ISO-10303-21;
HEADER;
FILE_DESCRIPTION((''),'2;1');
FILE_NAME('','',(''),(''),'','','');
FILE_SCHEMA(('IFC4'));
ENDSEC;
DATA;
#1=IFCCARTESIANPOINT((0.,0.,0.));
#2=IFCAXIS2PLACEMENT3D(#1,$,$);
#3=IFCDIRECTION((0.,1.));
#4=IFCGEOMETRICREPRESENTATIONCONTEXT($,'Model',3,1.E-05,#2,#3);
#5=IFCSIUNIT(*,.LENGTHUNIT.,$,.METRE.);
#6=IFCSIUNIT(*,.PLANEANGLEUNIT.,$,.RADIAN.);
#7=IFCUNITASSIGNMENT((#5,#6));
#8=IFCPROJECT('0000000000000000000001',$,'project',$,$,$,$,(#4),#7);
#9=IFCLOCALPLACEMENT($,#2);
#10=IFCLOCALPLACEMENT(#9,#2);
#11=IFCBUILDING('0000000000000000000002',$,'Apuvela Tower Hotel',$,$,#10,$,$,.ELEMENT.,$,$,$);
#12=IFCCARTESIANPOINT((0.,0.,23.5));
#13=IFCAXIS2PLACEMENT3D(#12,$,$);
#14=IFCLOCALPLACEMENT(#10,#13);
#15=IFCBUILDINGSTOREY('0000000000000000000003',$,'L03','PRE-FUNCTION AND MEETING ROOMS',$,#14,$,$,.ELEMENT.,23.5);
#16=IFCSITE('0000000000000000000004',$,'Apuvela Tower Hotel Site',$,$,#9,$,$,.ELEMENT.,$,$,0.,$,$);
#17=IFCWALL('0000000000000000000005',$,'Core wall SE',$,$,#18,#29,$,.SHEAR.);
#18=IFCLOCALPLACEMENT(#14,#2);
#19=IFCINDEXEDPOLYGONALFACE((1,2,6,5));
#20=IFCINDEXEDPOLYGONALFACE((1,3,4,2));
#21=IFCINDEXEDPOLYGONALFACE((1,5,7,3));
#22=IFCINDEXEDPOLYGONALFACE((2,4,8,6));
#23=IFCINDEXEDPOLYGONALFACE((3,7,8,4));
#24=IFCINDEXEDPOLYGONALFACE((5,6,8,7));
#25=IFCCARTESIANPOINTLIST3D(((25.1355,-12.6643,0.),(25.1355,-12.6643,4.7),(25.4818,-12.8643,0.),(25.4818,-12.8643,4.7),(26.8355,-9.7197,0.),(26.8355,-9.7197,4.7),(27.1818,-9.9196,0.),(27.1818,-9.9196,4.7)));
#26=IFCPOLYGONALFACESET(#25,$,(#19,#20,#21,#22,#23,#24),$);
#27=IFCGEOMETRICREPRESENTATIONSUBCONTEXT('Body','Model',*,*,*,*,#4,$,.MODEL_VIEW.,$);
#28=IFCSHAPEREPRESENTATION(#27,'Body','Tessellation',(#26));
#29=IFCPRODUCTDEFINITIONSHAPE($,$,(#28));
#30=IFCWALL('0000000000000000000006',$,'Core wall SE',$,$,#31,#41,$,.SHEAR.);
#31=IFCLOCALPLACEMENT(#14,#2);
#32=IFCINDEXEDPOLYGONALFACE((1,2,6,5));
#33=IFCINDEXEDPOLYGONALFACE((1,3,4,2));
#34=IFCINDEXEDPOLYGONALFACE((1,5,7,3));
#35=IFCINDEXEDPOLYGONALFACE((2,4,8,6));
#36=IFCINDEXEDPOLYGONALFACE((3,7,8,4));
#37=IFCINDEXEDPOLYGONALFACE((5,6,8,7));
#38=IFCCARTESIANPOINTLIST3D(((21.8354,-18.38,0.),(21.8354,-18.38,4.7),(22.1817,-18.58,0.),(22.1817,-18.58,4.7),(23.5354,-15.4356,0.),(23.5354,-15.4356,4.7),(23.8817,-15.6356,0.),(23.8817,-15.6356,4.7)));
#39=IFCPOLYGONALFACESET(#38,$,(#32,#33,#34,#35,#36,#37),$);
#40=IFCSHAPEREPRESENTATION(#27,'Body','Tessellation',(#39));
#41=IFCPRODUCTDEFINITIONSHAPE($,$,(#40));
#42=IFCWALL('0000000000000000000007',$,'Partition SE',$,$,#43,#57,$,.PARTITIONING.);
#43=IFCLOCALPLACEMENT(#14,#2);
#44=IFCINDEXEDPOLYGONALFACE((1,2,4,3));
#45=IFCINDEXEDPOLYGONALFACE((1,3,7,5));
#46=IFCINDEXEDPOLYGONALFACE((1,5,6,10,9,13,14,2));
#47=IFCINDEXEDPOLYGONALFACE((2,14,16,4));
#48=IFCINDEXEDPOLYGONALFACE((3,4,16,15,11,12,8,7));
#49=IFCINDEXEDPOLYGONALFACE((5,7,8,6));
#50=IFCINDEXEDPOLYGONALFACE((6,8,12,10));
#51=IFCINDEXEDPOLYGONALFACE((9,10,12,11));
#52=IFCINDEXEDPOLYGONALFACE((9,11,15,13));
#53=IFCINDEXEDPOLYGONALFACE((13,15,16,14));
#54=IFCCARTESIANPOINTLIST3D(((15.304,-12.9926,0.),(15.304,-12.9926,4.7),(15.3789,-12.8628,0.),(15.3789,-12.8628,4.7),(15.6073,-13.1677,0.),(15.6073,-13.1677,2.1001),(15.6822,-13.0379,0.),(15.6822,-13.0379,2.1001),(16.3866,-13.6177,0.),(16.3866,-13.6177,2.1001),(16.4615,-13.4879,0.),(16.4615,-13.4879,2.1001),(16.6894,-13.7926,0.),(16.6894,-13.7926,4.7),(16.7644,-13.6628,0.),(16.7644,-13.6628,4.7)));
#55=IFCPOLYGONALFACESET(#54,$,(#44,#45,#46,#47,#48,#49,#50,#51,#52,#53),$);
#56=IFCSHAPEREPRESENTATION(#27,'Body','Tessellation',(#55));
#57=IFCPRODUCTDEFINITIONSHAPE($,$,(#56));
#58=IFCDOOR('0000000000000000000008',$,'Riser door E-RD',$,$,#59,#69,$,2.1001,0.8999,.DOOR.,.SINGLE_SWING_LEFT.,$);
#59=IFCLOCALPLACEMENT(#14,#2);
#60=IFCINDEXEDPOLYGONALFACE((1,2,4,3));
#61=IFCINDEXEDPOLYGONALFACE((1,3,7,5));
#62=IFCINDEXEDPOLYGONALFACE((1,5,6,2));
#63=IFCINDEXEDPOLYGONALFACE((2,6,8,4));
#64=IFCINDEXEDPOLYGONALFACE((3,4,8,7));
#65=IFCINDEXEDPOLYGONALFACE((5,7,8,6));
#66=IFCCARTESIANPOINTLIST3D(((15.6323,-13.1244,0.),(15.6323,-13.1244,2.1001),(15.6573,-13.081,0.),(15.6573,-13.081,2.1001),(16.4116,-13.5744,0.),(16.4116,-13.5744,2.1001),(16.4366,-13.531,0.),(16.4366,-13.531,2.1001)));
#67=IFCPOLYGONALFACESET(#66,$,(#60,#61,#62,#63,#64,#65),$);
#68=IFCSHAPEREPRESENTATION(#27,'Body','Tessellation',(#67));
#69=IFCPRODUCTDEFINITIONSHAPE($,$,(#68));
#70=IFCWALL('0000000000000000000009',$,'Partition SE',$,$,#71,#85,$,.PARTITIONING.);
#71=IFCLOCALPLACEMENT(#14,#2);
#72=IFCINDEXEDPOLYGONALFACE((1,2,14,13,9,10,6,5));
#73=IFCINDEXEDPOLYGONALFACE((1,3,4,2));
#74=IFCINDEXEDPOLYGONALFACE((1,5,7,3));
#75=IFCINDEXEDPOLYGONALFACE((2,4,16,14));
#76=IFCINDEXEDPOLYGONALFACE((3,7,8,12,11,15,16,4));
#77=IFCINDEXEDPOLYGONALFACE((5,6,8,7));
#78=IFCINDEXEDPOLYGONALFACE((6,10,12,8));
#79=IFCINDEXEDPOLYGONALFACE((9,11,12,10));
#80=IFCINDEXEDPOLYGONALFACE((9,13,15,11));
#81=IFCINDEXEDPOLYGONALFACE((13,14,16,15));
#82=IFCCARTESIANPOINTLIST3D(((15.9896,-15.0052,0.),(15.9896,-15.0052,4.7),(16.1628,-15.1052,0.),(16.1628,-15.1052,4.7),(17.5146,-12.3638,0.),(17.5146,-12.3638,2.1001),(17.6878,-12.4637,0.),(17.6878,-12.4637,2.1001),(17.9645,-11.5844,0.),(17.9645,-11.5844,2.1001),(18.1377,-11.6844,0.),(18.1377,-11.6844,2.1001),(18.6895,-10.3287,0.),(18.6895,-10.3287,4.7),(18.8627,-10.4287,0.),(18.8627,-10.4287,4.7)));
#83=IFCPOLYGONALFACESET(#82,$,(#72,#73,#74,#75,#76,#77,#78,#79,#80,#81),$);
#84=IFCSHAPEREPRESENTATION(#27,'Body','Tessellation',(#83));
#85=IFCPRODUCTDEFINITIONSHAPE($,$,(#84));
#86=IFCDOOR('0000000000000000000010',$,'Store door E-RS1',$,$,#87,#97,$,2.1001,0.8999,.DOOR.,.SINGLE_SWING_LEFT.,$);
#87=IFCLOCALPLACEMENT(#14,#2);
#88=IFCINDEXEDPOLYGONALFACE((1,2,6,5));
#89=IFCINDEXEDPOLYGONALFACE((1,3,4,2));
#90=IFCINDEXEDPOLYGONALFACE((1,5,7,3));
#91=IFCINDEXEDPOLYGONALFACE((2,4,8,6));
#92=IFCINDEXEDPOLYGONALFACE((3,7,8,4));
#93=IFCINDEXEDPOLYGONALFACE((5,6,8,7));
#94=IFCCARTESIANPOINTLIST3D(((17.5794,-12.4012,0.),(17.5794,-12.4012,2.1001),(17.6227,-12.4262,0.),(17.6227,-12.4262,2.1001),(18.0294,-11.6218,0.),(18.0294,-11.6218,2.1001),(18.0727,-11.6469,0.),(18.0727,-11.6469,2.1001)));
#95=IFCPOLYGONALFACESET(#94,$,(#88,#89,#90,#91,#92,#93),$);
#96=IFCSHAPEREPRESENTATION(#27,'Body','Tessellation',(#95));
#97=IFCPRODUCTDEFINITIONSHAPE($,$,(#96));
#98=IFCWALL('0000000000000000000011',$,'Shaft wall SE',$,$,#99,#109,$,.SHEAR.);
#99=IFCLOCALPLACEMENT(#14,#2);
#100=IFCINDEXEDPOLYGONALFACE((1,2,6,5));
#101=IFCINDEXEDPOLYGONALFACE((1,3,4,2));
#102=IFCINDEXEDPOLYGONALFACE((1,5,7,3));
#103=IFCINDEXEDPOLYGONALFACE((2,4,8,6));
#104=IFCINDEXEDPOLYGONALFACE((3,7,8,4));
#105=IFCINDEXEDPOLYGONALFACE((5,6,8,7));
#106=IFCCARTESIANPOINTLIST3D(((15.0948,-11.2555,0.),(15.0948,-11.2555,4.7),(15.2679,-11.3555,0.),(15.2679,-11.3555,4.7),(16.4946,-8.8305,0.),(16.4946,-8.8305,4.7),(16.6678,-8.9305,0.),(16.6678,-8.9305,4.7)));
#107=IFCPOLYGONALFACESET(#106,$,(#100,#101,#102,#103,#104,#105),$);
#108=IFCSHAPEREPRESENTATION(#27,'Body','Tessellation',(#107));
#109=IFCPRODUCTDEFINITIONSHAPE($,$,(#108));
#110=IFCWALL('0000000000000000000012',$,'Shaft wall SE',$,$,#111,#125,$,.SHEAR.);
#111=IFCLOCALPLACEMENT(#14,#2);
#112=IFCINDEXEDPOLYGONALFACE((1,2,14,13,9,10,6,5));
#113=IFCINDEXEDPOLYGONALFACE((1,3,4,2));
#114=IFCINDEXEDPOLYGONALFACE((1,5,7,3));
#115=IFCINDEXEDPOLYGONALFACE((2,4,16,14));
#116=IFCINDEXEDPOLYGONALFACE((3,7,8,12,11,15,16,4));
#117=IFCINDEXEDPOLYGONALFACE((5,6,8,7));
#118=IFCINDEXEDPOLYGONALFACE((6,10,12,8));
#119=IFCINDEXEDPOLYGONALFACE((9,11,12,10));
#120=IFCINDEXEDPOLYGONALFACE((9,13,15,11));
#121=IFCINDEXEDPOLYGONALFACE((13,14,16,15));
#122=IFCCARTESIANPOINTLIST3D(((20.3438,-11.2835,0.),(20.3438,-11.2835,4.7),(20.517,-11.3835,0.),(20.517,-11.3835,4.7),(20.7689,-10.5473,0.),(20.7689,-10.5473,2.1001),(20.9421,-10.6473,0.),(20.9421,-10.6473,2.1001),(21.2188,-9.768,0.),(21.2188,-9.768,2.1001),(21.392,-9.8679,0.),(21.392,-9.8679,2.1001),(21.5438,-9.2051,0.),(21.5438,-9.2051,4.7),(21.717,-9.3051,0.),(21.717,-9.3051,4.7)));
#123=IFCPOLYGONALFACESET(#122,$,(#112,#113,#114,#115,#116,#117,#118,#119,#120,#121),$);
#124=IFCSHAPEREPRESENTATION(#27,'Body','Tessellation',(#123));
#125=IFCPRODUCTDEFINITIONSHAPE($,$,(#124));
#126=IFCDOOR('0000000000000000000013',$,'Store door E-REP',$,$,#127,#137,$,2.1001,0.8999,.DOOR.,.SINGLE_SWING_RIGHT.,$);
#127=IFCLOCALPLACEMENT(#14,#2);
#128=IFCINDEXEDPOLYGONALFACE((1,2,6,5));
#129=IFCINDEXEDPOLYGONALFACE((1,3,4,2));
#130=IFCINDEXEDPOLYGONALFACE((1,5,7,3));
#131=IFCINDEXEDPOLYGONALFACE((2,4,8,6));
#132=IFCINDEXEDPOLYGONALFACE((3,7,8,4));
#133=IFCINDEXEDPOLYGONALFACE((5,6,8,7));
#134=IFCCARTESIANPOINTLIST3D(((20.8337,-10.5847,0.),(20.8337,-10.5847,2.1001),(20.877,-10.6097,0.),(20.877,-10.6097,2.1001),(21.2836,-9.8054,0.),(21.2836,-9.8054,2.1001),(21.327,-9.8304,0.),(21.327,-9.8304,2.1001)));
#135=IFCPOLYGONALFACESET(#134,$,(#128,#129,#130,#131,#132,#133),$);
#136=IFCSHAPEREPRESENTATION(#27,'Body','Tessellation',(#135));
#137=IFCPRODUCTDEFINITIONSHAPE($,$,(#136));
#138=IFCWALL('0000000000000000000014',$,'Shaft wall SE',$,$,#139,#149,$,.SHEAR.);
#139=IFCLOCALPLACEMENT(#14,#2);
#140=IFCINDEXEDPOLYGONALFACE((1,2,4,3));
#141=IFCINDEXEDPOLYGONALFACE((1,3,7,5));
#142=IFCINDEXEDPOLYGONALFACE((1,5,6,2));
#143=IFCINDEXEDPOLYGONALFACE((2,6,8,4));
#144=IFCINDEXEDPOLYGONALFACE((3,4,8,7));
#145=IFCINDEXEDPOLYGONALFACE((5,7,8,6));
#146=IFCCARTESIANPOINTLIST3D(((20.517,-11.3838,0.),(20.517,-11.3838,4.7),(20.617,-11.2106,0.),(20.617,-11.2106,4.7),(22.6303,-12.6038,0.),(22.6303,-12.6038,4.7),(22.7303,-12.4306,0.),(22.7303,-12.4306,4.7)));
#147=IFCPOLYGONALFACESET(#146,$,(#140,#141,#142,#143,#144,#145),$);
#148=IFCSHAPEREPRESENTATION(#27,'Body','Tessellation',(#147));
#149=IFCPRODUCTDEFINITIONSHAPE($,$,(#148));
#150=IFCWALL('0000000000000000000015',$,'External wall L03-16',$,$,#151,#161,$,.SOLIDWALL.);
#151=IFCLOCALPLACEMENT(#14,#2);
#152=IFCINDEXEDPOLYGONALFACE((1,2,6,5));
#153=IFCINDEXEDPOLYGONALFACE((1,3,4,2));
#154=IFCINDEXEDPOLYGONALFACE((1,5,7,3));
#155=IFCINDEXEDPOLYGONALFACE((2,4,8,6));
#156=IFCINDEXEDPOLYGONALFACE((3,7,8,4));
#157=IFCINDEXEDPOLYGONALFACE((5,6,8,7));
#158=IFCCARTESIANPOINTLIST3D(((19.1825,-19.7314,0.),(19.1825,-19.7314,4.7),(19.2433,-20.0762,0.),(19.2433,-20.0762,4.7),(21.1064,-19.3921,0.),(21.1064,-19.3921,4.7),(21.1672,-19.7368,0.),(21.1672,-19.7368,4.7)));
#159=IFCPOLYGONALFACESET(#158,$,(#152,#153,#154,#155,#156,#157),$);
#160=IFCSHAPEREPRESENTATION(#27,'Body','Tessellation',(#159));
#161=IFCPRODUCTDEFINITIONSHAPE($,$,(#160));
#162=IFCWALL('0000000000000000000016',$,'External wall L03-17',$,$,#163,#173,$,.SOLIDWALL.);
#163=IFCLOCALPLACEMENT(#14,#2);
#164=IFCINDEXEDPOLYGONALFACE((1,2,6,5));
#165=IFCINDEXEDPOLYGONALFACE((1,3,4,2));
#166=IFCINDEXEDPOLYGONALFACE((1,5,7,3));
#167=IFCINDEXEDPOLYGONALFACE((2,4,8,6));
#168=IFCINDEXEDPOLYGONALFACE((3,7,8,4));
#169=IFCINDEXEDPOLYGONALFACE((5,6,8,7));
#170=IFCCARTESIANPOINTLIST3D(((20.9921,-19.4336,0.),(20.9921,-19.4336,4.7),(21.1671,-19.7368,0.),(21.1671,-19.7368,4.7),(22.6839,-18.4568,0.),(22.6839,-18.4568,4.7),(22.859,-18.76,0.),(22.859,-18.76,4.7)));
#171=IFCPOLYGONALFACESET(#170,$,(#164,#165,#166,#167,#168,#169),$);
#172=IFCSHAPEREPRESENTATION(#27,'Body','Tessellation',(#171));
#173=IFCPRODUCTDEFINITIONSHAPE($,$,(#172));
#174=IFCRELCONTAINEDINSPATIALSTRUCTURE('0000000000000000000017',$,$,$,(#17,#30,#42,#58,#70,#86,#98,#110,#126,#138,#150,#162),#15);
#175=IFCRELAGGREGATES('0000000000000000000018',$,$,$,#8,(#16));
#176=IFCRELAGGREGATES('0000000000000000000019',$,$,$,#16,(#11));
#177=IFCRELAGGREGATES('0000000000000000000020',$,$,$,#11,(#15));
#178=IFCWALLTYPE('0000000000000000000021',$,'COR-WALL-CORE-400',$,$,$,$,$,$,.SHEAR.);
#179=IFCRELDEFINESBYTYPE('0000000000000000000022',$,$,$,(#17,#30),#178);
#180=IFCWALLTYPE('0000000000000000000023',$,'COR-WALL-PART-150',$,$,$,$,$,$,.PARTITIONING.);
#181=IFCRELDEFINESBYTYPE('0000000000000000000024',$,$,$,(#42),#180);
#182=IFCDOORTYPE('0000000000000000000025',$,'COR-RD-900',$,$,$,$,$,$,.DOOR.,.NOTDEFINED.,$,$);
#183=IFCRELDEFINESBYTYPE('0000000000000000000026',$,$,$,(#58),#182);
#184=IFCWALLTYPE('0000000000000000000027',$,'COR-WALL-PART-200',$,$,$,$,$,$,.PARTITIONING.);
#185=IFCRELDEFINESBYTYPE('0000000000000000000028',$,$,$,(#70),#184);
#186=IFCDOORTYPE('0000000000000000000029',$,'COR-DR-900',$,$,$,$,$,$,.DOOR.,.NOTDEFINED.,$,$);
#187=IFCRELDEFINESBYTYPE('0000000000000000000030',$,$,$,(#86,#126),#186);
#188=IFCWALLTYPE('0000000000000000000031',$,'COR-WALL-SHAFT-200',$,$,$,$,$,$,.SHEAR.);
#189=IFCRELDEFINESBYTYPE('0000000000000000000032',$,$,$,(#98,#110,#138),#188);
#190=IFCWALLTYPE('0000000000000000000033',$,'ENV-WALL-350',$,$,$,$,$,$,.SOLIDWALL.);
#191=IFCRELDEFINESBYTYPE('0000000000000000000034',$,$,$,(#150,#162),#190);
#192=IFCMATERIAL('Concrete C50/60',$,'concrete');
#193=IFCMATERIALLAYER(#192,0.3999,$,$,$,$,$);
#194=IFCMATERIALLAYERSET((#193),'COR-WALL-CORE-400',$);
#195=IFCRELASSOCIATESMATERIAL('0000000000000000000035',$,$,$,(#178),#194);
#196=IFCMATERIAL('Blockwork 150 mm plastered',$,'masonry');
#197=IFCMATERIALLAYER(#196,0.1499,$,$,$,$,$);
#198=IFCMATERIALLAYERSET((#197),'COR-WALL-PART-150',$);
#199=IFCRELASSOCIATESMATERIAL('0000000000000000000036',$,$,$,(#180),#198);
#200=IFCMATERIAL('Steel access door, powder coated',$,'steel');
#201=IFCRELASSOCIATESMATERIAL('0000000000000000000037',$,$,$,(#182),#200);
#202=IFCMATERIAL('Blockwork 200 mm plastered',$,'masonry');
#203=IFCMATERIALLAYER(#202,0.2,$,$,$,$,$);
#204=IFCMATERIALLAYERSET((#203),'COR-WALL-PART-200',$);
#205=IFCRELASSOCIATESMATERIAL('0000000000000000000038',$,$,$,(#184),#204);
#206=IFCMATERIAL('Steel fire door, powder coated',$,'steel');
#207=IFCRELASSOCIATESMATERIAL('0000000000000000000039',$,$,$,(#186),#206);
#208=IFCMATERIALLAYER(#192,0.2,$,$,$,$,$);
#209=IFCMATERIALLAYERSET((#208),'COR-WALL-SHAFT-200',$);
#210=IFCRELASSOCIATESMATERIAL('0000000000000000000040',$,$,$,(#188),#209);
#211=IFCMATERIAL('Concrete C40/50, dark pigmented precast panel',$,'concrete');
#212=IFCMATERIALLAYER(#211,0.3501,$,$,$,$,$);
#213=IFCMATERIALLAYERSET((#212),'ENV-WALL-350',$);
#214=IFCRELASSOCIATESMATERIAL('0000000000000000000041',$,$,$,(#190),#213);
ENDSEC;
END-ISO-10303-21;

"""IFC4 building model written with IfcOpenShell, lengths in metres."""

from ifc_helpers import new_model, si_unit, direction, frame, frame_2d, origin, place, context, subcontext, project, spatial, rectangle, extrude, material, layer, layer_set, type_object, element, fill, save


model = new_model("IFC4")

# Units and contexts
model_context = context("Model", 3, precision=1e-05, world=origin(), true_north=direction((0.0, 1.0)))
body_context = subcontext(model_context, "Body", "Model", "MODEL_VIEW")
ifc_project = project(units=[si_unit("LENGTHUNIT", "METRE"), si_unit("PLANEANGLEUNIT", "RADIAN")], contexts=[model_context])

# Site, building, storey
site_placement = place(None, origin())
site = spatial("IfcSite", under=ifc_project, at=site_placement, Name="Apuvela Tower Hotel Site", CompositionType="ELEMENT", RefElevation=0.0)
building_placement = place(site_placement, origin())
building = spatial("IfcBuilding", under=site, at=building_placement, Name="Apuvela Tower Hotel", CompositionType="ELEMENT")
storey_placement = place(building_placement, frame((0.0, 0.0, 23.5)))
storey = spatial("IfcBuildingStorey", under=building, at=storey_placement, Name="L03", Description="PRE-FUNCTION AND MEETING ROOMS", CompositionType="ELEMENT", Elevation=23.5)

# Walls
ifc_material_1 = material(Name="Concrete C50/60", Category="concrete")
ifc_layer_1 = layer(ifc_material_1, 0.3999)
ifc_layer_set_1 = layer_set([ifc_layer_1], Name="COR-WALL-CORE-400")
wall_type_1 = type_object("IfcWallType", Name="COR-WALL-CORE-400", PredefinedType="SHEAR", material=ifc_layer_set_1)
wall_1_placement = place(storey_placement, frame((25.3086, -12.7644, 0.0), z_axis=(0.0, 0.0, 1.0), x_axis=(0.499977, 0.866039, 0.0)))
element("IfcWall", 1, at=wall_1_placement, inside=storey, type_object=wall_type_1, Name="Core wall SE", PredefinedType="SHEAR", context=body_context, shape_type="SweptSolid", body=[
    extrude(rectangle(XDim=3.4001, YDim=0.3999, at=frame_2d((1.7002, 0.0))), origin(), (0.0, 0.0, 1.0), 4.7),
])
wall_2_placement = place(storey_placement, frame((22.0085, -18.48, 0.0), z_axis=(0.0, 0.0, 1.0), x_axis=(0.500008, 0.866021, 0.0)))
element("IfcWall", 2, at=wall_2_placement, inside=storey, type_object=wall_type_1, Name="Core wall SE", PredefinedType="SHEAR", context=body_context, shape_type="SweptSolid", body=[
    extrude(rectangle(XDim=3.3999, YDim=0.3999, at=frame_2d((1.7, 0.0))), origin(), (0.0, 0.0, 1.0), 4.7),
])

# Walls, openings, doors
ifc_material_2 = material(Name="Blockwork 150 mm plastered", Category="masonry")
ifc_layer_2 = layer(ifc_material_2, 0.1499)
ifc_layer_set_2 = layer_set([ifc_layer_2], Name="COR-WALL-PART-150")
wall_type_2 = type_object("IfcWallType", Name="COR-WALL-PART-150", PredefinedType="PARTITIONING", material=ifc_layer_set_2)
wall_3_placement = place(storey_placement, frame((15.3416, -12.9277, 0.0), z_axis=(0.0, 0.0, 1.0), x_axis=(0.86599, -0.500061, 0.0)))
wall_3 = element("IfcWall", 3, at=wall_3_placement, inside=storey, type_object=wall_type_2, Name="Partition SE", PredefinedType="PARTITIONING", context=body_context, shape_type="SweptSolid", body=[
    extrude(rectangle(XDim=1.5999, YDim=0.1499, at=frame_2d((0.7998, 0.0))), origin(), (0.0, 0.0, 1.0), 4.7),
])
opening_1_placement = place(wall_3_placement, frame((0.3501, 0.0, 0.0)))
opening_1 = element("IfcOpeningElement", 4, at=opening_1_placement, cuts=wall_3, PredefinedType="OPENING", context=body_context, shape_type="SweptSolid", body=[
    extrude(rectangle(XDim=0.8999, YDim=2.1001, at=frame_2d((0.45, 1.05))), frame((0.0, 0.085, 0.0), z_axis=(0.0, -1.0, 0.0), x_axis=(1.0, 0.0, 0.0)), (0.0, 0.0, 1.0), 0.1699),
])
ifc_material_3 = material(Name="Steel access door, powder coated", Category="steel")
door_type_1 = type_object("IfcDoorType", Name="COR-RD-900", OperationType="NOTDEFINED", PredefinedType="DOOR", material=ifc_material_3)
door_1_placement = place(opening_1_placement, frame((0.8999, 0.0, 0.0), z_axis=(0.0, 0.0, 1.0), x_axis=(-1.0, 0.0, 0.0)))
door_1 = element("IfcDoor", 5, at=door_1_placement, inside=storey, type_object=door_type_1, Name="Riser door E-RD", OperationType="SINGLE_SWING_LEFT", OverallHeight=2.1001, OverallWidth=0.8999, PredefinedType="DOOR", context=body_context, shape_type="SweptSolid", body=[
    extrude(rectangle(XDim=0.8999, YDim=2.1001, at=frame_2d((0.45, 1.05))), frame((0.0, 0.0249, 0.0), z_axis=(0.0, -1.0, 0.0), x_axis=(1.0, 0.0, 0.0)), (0.0, 0.0, 1.0), 0.05),
])
fill(opening_1, door_1)
ifc_material_4 = material(Name="Blockwork 200 mm plastered", Category="masonry")
ifc_layer_3 = layer(ifc_material_4, 0.2)
ifc_layer_set_3 = layer_set([ifc_layer_3], Name="COR-WALL-PART-200")
wall_type_3 = type_object("IfcWallType", Name="COR-WALL-PART-200", PredefinedType="PARTITIONING", material=ifc_layer_set_3)
wall_4_placement = place(storey_placement, frame((16.0762, -15.0552, 0.0), z_axis=(0.0, 0.0, 1.0), x_axis=(0.499995, 0.866028, 0.0)))
wall_4 = element("IfcWall", 6, at=wall_4_placement, inside=storey, type_object=wall_type_3, Name="Partition SE", PredefinedType="PARTITIONING", context=body_context, shape_type="SweptSolid", body=[
    extrude(rectangle(XDim=5.3999, YDim=0.2, at=frame_2d((2.7, 0.0))), origin(), (0.0, 0.0, 1.0), 4.7),
])
opening_2_placement = place(wall_4_placement, frame((3.05, 0.0, 0.0)))
opening_2 = element("IfcOpeningElement", 7, at=opening_2_placement, cuts=wall_4, PredefinedType="OPENING", context=body_context, shape_type="SweptSolid", body=[
    extrude(rectangle(XDim=0.8999, YDim=2.1001, at=frame_2d((0.45, 1.05))), frame((0.0, 0.1099, 0.0), z_axis=(0.0, -1.0, 0.0), x_axis=(1.0, 0.0, 0.0)), (0.0, 0.0, 1.0), 0.22),
])
ifc_material_5 = material(Name="Steel fire door, powder coated", Category="steel")
door_type_2 = type_object("IfcDoorType", Name="COR-DR-900", OperationType="NOTDEFINED", PredefinedType="DOOR", material=ifc_material_5)
door_2_placement = place(opening_2_placement, frame((0.8999, 0.0, 0.0), z_axis=(0.0, 0.0, 1.0), x_axis=(-1.0, 0.0, 0.0)))
door_2 = element("IfcDoor", 8, at=door_2_placement, inside=storey, type_object=door_type_2, Name="Store door E-RS1", OperationType="SINGLE_SWING_LEFT", OverallHeight=2.1001, OverallWidth=0.8999, PredefinedType="DOOR", context=body_context, shape_type="SweptSolid", body=[
    extrude(rectangle(XDim=0.8999, YDim=2.1001, at=frame_2d((0.45, 1.05))), frame((0.0, 0.0249, 0.0), z_axis=(0.0, -1.0, 0.0), x_axis=(1.0, 0.0, 0.0)), (0.0, 0.0, 1.0), 0.05),
])
fill(opening_2, door_2)

# Wall
ifc_layer_4 = layer(ifc_material_1, 0.2)
ifc_layer_set_4 = layer_set([ifc_layer_4], Name="COR-WALL-SHAFT-200")
wall_type_4 = type_object("IfcWallType", Name="COR-WALL-SHAFT-200", PredefinedType="SHEAR", material=ifc_layer_set_4)
wall_5_placement = place(storey_placement, frame((15.1814, -11.3054, 0.0), z_axis=(0.0, 0.0, 1.0), x_axis=(0.499946, 0.866056, 0.0)))
element("IfcWall", 9, at=wall_5_placement, inside=storey, type_object=wall_type_4, Name="Shaft wall SE", PredefinedType="SHEAR", context=body_context, shape_type="SweptSolid", body=[
    extrude(rectangle(XDim=2.8, YDim=0.2, at=frame_2d((1.3999, 0.0))), origin(), (0.0, 0.0, 1.0), 4.7),
])

# Wall, opening, door
wall_6_placement = place(storey_placement, frame((20.4304, -11.3335, 0.0), z_axis=(0.0, 0.0, 1.0), x_axis=(0.500001, 0.866025, 0.0)))
wall_6 = element("IfcWall", 10, at=wall_6_placement, inside=storey, type_object=wall_type_4, Name="Shaft wall SE", PredefinedType="SHEAR", context=body_context, shape_type="SweptSolid", body=[
    extrude(rectangle(XDim=2.3999, YDim=0.2, at=frame_2d((1.2, 0.0))), origin(), (0.0, 0.0, 1.0), 4.7),
])
opening_3_placement = place(wall_6_placement, frame((0.8501, 0.0, 0.0)))
opening_3 = element("IfcOpeningElement", 11, at=opening_3_placement, cuts=wall_6, PredefinedType="OPENING", context=body_context, shape_type="SweptSolid", body=[
    extrude(rectangle(XDim=0.8999, YDim=2.1001, at=frame_2d((0.45, 1.05))), frame((0.0, 0.1099, 0.0), z_axis=(0.0, -1.0, 0.0), x_axis=(1.0, 0.0, 0.0)), (0.0, 0.0, 1.0), 0.22),
])
door_3_placement = place(opening_3_placement, frame((0.8999, 0.0, 0.0), z_axis=(0.0, 0.0, 1.0), x_axis=(-1.0, 0.0, 0.0)))
door_3 = element("IfcDoor", 12, at=door_3_placement, inside=storey, type_object=door_type_2, Name="Store door E-REP", OperationType="SINGLE_SWING_RIGHT", OverallHeight=2.1001, OverallWidth=0.8999, PredefinedType="DOOR", context=body_context, shape_type="SweptSolid", body=[
    extrude(rectangle(XDim=0.8999, YDim=2.1001, at=frame_2d((0.45, 1.05))), frame((0.0, 0.0249, 0.0), z_axis=(0.0, -1.0, 0.0), x_axis=(1.0, 0.0, 0.0)), (0.0, 0.0, 1.0), 0.05),
])
fill(opening_3, door_3)

# Walls
wall_7_placement = place(storey_placement, frame((20.5669, -11.2971, 0.0), z_axis=(0.0, 0.0, 1.0), x_axis=(0.866049, -0.499959, 0.0)))
element("IfcWall", 13, at=wall_7_placement, inside=storey, type_object=wall_type_4, Name="Shaft wall SE", PredefinedType="SHEAR", context=body_context, shape_type="SweptSolid", body=[
    extrude(rectangle(XDim=2.4402, YDim=0.2, at=frame_2d((1.2202, 0.0))), origin(), (0.0, 0.0, 1.0), 4.7),
])
ifc_material_6 = material(Name="Concrete C40/50, dark pigmented precast panel", Category="concrete")
ifc_layer_5 = layer(ifc_material_6, 0.3501)
ifc_layer_set_5 = layer_set([ifc_layer_5], Name="ENV-WALL-350")
wall_type_5 = type_object("IfcWallType", Name="ENV-WALL-350", PredefinedType="SOLIDWALL", material=ifc_layer_set_5)
for number, where, z_axis, x_axis, name in (
    (14, (19.2129, -19.9038, 0.0), (0.0, 0.0, 1.0), (0.984796, 0.173714, 0.0), "External wall L03-16"),
    (15, (21.0796, -19.5852, 0.0), (0.0, 0.0, 1.0), (0.866027, 0.499996, 0.0), "External wall L03-17"),
):
    element("IfcWall", number, at=place(storey_placement, frame(where, z_axis=z_axis, x_axis=x_axis)), inside=storey, type_object=wall_type_5, Name=name, PredefinedType="SOLIDWALL", context=body_context, shape_type="SweptSolid", body=[
        extrude(rectangle(XDim=1.9536, YDim=0.3501, at=frame_2d((0.9768, 0.0))), origin(), (0.0, 0.0, 1.0), 4.7),
    ])

save(model, "model.ifc")
